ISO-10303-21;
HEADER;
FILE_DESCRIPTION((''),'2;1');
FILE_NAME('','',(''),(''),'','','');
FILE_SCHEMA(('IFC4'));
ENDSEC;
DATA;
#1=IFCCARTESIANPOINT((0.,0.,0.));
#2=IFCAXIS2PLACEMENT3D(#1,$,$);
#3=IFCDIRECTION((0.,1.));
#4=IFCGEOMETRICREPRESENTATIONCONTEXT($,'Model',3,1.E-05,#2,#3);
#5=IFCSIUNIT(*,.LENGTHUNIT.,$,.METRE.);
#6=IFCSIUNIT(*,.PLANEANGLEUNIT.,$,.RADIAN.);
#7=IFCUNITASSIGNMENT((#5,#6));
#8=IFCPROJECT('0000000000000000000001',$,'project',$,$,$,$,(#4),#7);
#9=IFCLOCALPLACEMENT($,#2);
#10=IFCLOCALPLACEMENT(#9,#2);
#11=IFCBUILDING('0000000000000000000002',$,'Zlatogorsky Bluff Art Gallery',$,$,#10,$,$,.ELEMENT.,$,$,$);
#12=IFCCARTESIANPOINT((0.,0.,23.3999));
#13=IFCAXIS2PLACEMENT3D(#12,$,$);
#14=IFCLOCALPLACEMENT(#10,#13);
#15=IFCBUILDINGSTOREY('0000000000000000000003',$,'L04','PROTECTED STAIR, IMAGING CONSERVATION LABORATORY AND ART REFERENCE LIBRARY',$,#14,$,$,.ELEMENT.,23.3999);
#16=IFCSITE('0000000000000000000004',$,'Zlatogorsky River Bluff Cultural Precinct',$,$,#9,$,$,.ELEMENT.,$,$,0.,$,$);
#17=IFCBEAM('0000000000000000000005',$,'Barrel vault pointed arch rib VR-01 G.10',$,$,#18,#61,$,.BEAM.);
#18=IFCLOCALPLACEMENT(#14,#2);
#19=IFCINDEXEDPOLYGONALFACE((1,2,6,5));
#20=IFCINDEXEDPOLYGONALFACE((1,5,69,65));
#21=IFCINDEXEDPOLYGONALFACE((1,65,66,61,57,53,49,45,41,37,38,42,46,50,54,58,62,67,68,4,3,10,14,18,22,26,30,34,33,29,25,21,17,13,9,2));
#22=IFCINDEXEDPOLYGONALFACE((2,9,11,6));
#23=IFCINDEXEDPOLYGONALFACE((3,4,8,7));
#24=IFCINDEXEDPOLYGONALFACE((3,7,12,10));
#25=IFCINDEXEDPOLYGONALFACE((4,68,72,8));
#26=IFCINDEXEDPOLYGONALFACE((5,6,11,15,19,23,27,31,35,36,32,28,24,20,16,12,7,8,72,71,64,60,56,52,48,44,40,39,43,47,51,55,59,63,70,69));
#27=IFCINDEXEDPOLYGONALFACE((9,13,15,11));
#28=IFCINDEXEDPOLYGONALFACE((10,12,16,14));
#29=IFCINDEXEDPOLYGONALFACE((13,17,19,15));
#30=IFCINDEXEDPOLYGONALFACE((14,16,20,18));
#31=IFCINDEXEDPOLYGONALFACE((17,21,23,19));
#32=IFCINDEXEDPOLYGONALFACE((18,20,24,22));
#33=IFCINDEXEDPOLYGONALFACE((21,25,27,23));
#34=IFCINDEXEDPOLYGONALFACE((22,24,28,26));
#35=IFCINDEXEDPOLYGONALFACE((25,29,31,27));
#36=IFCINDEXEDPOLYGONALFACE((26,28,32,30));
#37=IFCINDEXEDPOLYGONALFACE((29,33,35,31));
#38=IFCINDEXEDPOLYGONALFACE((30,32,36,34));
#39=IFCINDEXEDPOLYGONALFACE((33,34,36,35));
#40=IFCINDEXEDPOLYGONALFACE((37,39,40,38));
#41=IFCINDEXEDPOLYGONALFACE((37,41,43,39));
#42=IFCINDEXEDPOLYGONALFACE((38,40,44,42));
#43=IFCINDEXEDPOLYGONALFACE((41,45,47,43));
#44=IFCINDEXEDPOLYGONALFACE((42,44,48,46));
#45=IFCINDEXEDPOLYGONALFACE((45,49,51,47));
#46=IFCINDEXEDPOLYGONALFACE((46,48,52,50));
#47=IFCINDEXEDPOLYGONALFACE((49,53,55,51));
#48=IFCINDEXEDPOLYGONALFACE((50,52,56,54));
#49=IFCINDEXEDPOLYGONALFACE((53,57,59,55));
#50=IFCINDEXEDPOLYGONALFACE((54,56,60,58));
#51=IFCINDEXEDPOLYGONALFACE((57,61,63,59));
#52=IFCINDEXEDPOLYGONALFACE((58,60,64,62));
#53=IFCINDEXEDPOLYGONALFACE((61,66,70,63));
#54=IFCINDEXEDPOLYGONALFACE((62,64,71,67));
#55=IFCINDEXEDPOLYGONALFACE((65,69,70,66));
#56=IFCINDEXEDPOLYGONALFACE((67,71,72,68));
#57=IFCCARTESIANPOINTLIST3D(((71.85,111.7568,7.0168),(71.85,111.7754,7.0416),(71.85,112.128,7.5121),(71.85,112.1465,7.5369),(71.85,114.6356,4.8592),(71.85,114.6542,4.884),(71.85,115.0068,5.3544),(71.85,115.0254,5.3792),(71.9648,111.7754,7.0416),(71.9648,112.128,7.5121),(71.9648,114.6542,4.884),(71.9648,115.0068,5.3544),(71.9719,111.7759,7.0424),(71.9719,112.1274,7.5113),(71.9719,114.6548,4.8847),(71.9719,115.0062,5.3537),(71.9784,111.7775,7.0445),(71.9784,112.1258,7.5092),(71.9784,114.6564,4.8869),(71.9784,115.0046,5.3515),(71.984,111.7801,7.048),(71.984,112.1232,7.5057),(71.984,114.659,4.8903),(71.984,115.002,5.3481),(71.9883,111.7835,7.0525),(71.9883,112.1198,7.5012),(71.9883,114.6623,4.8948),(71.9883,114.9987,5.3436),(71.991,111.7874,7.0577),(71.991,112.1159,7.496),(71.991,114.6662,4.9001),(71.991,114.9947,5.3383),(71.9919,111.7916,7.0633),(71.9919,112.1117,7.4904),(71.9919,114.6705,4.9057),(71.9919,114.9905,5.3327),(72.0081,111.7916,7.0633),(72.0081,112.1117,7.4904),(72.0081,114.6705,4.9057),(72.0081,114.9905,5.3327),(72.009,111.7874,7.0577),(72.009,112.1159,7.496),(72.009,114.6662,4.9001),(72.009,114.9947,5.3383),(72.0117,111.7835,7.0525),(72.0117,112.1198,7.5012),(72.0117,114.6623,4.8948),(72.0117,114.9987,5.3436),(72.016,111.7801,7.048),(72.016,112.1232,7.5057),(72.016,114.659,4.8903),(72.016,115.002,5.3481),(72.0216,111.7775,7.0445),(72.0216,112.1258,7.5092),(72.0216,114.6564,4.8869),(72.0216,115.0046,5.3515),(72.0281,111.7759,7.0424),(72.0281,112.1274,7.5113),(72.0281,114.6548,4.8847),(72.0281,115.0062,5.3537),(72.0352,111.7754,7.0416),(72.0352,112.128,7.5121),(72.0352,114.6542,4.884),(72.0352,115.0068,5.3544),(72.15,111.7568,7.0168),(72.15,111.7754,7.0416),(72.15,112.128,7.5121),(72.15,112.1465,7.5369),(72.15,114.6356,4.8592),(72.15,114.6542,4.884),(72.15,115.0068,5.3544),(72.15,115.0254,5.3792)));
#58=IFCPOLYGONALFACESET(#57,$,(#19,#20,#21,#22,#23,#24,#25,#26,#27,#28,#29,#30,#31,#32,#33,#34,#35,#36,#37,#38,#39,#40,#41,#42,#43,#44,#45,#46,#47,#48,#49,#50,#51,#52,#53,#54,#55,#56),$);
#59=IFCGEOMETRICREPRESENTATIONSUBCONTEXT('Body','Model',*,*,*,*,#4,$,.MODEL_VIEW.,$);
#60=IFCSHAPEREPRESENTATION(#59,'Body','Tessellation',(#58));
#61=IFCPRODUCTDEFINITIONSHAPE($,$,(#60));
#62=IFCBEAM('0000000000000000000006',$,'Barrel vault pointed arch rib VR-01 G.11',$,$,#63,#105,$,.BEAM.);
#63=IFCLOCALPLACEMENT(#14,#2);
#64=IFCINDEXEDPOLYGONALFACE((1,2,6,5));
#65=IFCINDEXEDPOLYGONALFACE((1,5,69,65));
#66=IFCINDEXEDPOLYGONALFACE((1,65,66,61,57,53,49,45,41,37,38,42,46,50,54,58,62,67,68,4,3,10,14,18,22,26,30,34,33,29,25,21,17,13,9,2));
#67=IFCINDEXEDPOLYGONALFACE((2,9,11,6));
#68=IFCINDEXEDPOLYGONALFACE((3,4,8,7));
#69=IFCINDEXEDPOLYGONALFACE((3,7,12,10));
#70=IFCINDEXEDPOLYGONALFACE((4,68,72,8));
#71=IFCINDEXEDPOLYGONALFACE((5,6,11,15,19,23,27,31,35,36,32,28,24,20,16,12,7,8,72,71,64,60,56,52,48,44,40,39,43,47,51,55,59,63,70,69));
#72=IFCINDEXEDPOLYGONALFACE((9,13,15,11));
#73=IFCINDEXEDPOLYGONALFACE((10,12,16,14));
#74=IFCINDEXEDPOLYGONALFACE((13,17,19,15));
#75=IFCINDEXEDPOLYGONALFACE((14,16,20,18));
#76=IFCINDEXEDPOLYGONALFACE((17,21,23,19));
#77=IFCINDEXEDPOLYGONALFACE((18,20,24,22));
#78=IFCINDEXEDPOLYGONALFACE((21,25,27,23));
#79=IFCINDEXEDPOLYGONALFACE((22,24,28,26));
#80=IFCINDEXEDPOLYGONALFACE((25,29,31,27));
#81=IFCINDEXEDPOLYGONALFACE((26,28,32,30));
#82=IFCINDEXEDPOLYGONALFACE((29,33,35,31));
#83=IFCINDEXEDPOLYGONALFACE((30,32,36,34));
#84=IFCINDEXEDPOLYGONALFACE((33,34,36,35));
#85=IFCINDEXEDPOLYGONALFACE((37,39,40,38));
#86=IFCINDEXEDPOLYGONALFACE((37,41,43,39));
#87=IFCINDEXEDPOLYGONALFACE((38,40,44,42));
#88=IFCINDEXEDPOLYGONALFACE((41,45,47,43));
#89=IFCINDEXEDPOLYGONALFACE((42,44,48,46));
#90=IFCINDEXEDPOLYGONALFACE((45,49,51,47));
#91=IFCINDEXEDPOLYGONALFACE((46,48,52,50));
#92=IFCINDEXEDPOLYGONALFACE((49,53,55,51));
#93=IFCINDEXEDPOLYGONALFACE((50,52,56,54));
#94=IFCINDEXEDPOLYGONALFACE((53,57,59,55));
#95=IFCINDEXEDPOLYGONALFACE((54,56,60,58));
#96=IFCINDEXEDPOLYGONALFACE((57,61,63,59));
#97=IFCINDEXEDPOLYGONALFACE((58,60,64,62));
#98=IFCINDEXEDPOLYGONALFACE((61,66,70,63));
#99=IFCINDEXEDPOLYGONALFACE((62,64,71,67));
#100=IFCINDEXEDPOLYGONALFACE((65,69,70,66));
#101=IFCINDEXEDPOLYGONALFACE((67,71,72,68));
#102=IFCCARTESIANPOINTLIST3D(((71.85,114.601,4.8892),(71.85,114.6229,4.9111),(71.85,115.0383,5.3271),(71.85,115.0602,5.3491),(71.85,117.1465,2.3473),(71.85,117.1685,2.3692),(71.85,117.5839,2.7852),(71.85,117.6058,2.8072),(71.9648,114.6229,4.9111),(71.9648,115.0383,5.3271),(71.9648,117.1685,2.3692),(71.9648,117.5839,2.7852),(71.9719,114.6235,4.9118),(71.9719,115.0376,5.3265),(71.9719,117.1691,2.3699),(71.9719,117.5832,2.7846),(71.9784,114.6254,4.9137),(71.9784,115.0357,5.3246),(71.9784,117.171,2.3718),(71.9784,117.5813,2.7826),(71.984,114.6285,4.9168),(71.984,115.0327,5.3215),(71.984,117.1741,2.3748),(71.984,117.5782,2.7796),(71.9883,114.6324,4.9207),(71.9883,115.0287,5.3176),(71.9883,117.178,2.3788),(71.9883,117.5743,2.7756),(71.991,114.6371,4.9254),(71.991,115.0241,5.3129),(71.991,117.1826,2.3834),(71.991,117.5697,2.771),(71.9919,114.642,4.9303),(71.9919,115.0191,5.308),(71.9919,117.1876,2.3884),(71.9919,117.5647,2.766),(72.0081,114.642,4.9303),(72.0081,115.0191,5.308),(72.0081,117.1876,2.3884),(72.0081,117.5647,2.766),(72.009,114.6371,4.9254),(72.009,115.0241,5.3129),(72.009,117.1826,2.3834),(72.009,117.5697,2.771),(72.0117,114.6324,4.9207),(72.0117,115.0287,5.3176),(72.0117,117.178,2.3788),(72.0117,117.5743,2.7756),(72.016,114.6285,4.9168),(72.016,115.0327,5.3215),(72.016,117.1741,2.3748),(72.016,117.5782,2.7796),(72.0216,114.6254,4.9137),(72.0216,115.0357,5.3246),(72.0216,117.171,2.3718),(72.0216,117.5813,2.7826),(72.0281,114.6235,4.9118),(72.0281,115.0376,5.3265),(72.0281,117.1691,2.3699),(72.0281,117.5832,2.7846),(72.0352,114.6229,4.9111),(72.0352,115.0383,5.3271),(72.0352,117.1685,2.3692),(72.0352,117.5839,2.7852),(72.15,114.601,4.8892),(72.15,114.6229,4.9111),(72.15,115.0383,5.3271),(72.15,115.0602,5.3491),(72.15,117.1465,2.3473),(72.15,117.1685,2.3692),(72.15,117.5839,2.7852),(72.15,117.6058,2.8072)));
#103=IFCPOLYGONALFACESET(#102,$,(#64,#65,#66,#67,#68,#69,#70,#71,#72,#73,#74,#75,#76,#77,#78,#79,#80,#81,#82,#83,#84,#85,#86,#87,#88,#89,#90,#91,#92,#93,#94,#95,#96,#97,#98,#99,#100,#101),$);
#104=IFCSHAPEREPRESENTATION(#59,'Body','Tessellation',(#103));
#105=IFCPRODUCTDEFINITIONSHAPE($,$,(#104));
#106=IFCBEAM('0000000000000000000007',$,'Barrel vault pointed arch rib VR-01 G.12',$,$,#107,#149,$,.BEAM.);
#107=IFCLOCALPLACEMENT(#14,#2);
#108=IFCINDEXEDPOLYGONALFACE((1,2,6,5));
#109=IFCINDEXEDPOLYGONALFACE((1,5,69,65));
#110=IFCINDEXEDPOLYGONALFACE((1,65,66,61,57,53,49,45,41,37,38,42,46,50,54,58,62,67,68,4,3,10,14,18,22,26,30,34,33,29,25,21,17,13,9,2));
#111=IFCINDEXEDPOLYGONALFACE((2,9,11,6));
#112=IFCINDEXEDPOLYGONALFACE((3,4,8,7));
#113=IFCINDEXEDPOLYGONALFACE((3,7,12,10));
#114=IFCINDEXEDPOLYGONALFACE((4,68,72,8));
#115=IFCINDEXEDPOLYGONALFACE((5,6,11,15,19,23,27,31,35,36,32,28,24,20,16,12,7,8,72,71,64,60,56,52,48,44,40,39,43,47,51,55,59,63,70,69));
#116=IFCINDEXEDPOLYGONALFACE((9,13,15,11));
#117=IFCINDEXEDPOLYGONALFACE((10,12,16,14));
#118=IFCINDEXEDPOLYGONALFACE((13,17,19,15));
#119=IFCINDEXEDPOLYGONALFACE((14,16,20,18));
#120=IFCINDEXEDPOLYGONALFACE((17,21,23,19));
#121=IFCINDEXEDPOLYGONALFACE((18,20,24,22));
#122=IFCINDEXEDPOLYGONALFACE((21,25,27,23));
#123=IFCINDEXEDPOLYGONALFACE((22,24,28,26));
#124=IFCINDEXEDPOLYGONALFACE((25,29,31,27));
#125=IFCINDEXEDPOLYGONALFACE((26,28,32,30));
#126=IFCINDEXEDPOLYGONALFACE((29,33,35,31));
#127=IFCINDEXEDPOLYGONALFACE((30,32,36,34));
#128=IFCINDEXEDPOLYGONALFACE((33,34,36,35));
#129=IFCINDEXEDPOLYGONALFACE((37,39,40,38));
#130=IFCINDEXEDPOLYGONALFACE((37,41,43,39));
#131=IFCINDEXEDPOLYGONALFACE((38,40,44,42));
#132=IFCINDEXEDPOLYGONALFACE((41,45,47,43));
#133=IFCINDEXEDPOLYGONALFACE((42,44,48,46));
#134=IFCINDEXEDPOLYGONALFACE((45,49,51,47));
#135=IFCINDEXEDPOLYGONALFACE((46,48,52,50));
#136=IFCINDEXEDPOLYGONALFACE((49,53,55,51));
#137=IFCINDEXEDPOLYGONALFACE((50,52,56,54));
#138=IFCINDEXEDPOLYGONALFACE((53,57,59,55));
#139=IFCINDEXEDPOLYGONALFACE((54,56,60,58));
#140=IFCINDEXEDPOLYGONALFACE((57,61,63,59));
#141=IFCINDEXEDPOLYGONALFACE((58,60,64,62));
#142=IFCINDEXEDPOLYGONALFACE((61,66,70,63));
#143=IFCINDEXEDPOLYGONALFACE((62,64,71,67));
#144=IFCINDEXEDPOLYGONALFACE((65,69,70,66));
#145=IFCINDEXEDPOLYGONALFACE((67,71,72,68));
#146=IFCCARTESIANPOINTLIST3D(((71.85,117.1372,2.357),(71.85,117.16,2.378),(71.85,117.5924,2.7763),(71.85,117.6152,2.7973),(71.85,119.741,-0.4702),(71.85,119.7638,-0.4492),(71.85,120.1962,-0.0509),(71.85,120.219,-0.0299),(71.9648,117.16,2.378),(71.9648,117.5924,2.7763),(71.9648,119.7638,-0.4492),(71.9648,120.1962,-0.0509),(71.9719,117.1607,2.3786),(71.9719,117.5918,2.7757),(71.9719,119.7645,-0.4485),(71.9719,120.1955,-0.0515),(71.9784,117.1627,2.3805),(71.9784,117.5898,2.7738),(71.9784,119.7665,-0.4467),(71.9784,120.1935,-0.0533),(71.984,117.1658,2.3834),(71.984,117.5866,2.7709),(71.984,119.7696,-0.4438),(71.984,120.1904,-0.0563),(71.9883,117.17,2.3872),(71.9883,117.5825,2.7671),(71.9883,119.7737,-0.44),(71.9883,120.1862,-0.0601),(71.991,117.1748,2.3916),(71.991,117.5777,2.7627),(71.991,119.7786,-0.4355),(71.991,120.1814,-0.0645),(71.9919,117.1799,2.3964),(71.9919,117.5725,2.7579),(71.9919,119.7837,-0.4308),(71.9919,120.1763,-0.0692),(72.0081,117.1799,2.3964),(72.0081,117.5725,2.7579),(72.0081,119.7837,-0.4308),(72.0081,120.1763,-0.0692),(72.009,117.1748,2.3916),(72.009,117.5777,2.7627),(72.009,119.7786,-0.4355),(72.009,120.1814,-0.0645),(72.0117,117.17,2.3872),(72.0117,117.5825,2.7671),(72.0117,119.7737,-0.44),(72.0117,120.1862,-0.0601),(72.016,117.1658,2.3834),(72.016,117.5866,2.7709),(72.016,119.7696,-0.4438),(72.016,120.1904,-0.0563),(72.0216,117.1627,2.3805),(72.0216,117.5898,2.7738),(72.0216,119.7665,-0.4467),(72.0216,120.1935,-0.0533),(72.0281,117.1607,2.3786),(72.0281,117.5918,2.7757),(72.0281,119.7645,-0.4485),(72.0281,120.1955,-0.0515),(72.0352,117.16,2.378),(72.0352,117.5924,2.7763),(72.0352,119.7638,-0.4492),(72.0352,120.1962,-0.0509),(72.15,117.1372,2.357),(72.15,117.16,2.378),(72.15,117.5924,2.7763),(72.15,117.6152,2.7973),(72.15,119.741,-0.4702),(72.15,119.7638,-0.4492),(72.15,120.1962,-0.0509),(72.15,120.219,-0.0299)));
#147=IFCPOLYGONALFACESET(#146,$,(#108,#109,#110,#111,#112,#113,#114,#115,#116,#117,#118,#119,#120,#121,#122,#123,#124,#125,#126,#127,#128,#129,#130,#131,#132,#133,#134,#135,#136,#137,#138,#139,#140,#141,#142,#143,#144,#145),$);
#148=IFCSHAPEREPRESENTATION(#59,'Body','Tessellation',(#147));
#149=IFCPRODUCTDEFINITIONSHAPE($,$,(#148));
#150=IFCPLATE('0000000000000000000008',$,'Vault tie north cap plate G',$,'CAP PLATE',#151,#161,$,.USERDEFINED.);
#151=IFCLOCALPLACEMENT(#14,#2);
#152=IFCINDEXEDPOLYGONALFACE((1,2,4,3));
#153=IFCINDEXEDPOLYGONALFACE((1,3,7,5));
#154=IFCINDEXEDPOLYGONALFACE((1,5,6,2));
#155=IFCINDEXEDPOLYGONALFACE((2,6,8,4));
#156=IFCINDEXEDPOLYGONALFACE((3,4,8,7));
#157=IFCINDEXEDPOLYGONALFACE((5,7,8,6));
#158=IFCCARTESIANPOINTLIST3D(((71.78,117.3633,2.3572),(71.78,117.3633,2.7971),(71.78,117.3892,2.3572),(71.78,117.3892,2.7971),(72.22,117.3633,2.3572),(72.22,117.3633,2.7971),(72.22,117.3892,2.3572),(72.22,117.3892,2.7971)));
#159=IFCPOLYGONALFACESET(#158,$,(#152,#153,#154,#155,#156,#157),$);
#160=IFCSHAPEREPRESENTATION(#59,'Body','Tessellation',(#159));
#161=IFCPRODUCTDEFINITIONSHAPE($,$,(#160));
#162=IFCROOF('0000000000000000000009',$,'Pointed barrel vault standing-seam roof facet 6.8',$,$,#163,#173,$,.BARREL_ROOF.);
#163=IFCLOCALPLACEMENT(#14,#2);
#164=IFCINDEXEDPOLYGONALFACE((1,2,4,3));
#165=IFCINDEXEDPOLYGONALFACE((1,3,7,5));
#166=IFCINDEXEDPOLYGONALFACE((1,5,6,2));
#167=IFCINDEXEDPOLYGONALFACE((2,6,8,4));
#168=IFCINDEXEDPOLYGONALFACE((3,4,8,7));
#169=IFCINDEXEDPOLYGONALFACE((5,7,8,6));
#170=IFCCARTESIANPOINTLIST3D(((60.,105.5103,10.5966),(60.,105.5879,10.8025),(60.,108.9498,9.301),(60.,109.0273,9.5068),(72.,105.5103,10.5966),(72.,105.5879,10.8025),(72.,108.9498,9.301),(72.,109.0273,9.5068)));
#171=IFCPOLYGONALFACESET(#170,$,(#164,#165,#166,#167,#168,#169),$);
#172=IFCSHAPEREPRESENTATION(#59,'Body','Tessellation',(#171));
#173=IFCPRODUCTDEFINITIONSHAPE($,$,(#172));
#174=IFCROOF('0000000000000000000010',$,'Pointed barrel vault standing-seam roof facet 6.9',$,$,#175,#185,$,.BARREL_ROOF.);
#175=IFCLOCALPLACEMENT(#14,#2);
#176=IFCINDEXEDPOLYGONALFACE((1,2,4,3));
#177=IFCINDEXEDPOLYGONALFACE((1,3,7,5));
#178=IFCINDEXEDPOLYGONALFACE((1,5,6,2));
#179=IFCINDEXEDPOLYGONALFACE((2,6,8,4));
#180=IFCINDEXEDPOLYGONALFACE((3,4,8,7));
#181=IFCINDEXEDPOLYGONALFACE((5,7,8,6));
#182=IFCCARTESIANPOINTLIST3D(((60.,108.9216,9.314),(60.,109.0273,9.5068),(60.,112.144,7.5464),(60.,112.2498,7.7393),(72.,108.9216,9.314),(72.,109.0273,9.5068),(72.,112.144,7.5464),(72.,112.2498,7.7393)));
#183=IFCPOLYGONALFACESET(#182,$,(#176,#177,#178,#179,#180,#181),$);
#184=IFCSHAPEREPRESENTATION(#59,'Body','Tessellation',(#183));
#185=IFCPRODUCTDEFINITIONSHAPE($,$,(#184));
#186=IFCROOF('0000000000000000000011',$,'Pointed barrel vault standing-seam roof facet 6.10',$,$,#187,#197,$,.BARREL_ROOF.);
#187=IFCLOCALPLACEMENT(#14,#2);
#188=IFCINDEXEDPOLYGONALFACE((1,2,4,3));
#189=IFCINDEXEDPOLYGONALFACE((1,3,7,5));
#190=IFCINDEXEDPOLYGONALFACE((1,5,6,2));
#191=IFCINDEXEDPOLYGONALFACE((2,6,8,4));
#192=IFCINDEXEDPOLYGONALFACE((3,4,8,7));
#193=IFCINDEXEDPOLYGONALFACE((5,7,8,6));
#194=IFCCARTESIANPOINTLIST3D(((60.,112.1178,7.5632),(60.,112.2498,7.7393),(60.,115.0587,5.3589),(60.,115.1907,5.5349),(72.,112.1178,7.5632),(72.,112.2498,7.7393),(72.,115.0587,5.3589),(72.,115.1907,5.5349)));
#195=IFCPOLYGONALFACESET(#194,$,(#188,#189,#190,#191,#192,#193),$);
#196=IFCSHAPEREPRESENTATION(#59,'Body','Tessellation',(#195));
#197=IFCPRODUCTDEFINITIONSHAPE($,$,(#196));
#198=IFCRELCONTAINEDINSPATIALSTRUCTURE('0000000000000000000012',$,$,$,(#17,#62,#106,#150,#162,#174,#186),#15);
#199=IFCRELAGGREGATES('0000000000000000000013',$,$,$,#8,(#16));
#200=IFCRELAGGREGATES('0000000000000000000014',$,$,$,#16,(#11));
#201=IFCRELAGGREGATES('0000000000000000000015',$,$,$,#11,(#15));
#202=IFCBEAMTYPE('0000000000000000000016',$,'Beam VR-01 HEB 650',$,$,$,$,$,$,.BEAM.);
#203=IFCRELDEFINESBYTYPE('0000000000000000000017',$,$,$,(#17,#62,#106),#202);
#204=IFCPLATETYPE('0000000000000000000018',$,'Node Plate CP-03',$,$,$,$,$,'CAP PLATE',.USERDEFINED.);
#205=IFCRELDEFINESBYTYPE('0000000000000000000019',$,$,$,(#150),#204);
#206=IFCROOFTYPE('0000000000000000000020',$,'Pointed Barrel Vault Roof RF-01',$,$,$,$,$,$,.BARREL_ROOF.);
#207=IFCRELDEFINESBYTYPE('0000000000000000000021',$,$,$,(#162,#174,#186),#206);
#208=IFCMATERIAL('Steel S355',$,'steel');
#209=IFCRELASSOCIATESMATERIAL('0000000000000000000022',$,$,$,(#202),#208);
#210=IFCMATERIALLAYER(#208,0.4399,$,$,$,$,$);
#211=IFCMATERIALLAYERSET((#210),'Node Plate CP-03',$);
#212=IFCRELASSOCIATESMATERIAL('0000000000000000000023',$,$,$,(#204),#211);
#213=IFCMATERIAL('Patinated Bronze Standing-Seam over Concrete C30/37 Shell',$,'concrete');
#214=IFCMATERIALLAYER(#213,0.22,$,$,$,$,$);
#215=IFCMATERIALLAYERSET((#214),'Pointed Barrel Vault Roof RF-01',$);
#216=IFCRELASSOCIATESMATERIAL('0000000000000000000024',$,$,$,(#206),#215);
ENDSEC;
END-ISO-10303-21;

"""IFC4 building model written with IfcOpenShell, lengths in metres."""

from ifc_helpers import new_model, si_unit, direction, frame, origin, origin_2d, place, context, subcontext, project, spatial, polyline, rectangle, i_section, outline, extrude, material, layer, layer_set, material_profile, profile_set, type_object, element, save


model = new_model("IFC4")

# Units and contexts
model_context = context("Model", 3, precision=1e-05, world=origin(), true_north=direction((0.0, 1.0)))
body_context = subcontext(model_context, "Body", "Model", "MODEL_VIEW")
ifc_project = project(units=[si_unit("LENGTHUNIT", "METRE"), si_unit("PLANEANGLEUNIT", "RADIAN")], contexts=[model_context])

# Site, building, storey
site_placement = place(None, origin())
site = spatial("IfcSite", under=ifc_project, at=site_placement, Name="Zlatogorsky River Bluff Cultural Precinct", CompositionType="ELEMENT", RefElevation=0.0)
building_placement = place(site_placement, origin())
building = spatial("IfcBuilding", under=site, at=building_placement, Name="Zlatogorsky Bluff Art Gallery", CompositionType="ELEMENT")
storey_placement = place(building_placement, frame((0.0, 0.0, 23.3999)))
storey = spatial("IfcBuildingStorey", under=building, at=storey_placement, Name="L04", Description="PROTECTED STAIR, IMAGING CONSERVATION LABORATORY AND ART REFERENCE LIBRARY", CompositionType="ELEMENT", Elevation=23.3999)

# Beams
ifc_material_1 = material(Name="Steel S355", Category="steel")
ifc_material_profile_1 = material_profile(ifc_material_1, i_section(OverallWidth=0.3, OverallDepth=0.6499, WebThickness=0.0161, FlangeThickness=0.031, FilletRadius=0.0271, at=origin_2d()), Name="HEB 650")
ifc_profile_set_1 = profile_set([ifc_material_profile_1], Name="Steel S355")
beam_type_1 = type_object("IfcBeamType", Name="Beam VR-01 HEB 650", PredefinedType="BEAM", material=ifc_profile_set_1)
beam_1_placement = place(storey_placement, frame((72.0, 111.9517, 7.2769), z_axis=(0.0, 0.800195, -0.599739), x_axis=(-1.0, 0.0, 0.0)))
element("IfcBeam", 1, at=beam_1_placement, inside=storey, type_object=beam_type_1, Name="Barrel vault pointed arch rib VR-01 G.10", PredefinedType="BEAM", context=body_context, shape_type="SweptSolid", body=[
    extrude(i_section(OverallWidth=0.3, OverallDepth=0.6499, WebThickness=0.0161, FlangeThickness=0.031, FilletRadius=0.0271, at=origin_2d()), origin(), (0.0, 0.0, 1.0), 3.5977),
])
beam_2_placement = place(storey_placement, frame((72.0, 114.8306, 5.1191), z_axis=(0.0, 0.707616, -0.706598), x_axis=(-1.0, 0.0, 0.0)))
element("IfcBeam", 2, at=beam_2_placement, inside=storey, type_object=beam_type_1, Name="Barrel vault pointed arch rib VR-01 G.11", PredefinedType="BEAM", context=body_context, shape_type="SweptSolid", body=[
    extrude(i_section(OverallWidth=0.3, OverallDepth=0.6499, WebThickness=0.0161, FlangeThickness=0.031, FilletRadius=0.0271, at=origin_2d()), origin(), (0.0, 0.0, 1.0), 3.5974),
])
beam_3_placement = place(storey_placement, frame((72.0, 117.3762, 2.5771), z_axis=(0.0, 0.677449, -0.73557), x_axis=(-1.0, 0.0, 0.0)))
element("IfcBeam", 3, at=beam_3_placement, inside=storey, type_object=beam_type_1, Name="Barrel vault pointed arch rib VR-01 G.12", PredefinedType="BEAM", context=body_context, shape_type="SweptSolid", body=[
    extrude(i_section(OverallWidth=0.3, OverallDepth=0.6499, WebThickness=0.0161, FlangeThickness=0.031, FilletRadius=0.0271, at=origin_2d()), origin(), (0.0, 0.0, 1.0), 3.8435),
])

# Plate
ifc_layer_1 = layer(ifc_material_1, 0.4399)
ifc_layer_set_1 = layer_set([ifc_layer_1], Name="Node Plate CP-03")
plate_type = type_object("IfcPlateType", Name="Node Plate CP-03", ElementType="CAP PLATE", PredefinedType="USERDEFINED", material=ifc_layer_set_1)
plate_placement = place(storey_placement, frame((72.0, 117.3762, 2.3572), z_axis=(0.0, 0.0, 1.0), x_axis=(1.0, 0.0, 0.0)))
element("IfcPlate", 4, at=plate_placement, inside=storey, type_object=plate_type, Name="Vault tie north cap plate G", ObjectType="CAP PLATE", PredefinedType="USERDEFINED", context=body_context, shape_type="SweptSolid", body=[
    extrude(rectangle(XDim=0.4399, YDim=0.0259, at=origin_2d()), origin(), (0.0, 0.0, 1.0), 0.4399),
])

# Roofs
ifc_material_2 = material(Name="Patinated Bronze Standing-Seam over Concrete C30/37 Shell", Category="concrete")
ifc_layer_2 = layer(ifc_material_2, 0.22)
ifc_layer_set_2 = layer_set([ifc_layer_2], Name="Pointed Barrel Vault Roof RF-01")
roof_type = type_object("IfcRoofType", Name="Pointed Barrel Vault Roof RF-01", PredefinedType="BARREL_ROOF", material=ifc_layer_set_2)
roof_1_placement = place(storey_placement, frame((60.0, 105.5879, 10.8025), z_axis=(0.0, 0.352521, 0.935804), x_axis=(1.0, 0.0, 0.0)))
element("IfcRoof", 5, at=roof_1_placement, inside=storey, type_object=roof_type, Name="Pointed barrel vault standing-seam roof facet 6.8", PredefinedType="BARREL_ROOF", context=body_context, shape_type="SweptSolid", body=[
    extrude(outline(polyline([(0.0, 0.0), (12.0, 0.0), (12.0, 3.6754), (0.0, 3.6754), (0.0, 0.0)])), origin(), (0.0, 0.0, -1.0), 0.22),
])
roof_2_placement = place(storey_placement, frame((60.0, 109.0273, 9.5068), z_axis=(0.0, 0.480927, 0.876761), x_axis=(1.0, 0.0, 0.0)))
element("IfcRoof", 6, at=roof_2_placement, inside=storey, type_object=roof_type, Name="Pointed barrel vault standing-seam roof facet 6.9", PredefinedType="BARREL_ROOF", context=body_context, shape_type="SweptSolid", body=[
    extrude(outline(polyline([(0.0, 0.0), (12.0, 0.0), (12.0, 3.6754), (0.0, 3.6754), (0.0, 0.0)])), origin(), (0.0, 0.0, -1.0), 0.22),
])
roof_3_placement = place(storey_placement, frame((60.0, 112.2498, 7.7393), z_axis=(0.0, 0.599766, 0.800175), x_axis=(1.0, 0.0, 0.0)))
element("IfcRoof", 7, at=roof_3_placement, inside=storey, type_object=roof_type, Name="Pointed barrel vault standing-seam roof facet 6.10", PredefinedType="BARREL_ROOF", context=body_context, shape_type="SweptSolid", body=[
    extrude(outline(polyline([(0.0, 0.0), (12.0, 0.0), (12.0, 3.6753), (0.0, 3.6753), (0.0, 0.0)])), origin(), (0.0, 0.0, -1.0), 0.22),
])

save(model, "model.ifc")
